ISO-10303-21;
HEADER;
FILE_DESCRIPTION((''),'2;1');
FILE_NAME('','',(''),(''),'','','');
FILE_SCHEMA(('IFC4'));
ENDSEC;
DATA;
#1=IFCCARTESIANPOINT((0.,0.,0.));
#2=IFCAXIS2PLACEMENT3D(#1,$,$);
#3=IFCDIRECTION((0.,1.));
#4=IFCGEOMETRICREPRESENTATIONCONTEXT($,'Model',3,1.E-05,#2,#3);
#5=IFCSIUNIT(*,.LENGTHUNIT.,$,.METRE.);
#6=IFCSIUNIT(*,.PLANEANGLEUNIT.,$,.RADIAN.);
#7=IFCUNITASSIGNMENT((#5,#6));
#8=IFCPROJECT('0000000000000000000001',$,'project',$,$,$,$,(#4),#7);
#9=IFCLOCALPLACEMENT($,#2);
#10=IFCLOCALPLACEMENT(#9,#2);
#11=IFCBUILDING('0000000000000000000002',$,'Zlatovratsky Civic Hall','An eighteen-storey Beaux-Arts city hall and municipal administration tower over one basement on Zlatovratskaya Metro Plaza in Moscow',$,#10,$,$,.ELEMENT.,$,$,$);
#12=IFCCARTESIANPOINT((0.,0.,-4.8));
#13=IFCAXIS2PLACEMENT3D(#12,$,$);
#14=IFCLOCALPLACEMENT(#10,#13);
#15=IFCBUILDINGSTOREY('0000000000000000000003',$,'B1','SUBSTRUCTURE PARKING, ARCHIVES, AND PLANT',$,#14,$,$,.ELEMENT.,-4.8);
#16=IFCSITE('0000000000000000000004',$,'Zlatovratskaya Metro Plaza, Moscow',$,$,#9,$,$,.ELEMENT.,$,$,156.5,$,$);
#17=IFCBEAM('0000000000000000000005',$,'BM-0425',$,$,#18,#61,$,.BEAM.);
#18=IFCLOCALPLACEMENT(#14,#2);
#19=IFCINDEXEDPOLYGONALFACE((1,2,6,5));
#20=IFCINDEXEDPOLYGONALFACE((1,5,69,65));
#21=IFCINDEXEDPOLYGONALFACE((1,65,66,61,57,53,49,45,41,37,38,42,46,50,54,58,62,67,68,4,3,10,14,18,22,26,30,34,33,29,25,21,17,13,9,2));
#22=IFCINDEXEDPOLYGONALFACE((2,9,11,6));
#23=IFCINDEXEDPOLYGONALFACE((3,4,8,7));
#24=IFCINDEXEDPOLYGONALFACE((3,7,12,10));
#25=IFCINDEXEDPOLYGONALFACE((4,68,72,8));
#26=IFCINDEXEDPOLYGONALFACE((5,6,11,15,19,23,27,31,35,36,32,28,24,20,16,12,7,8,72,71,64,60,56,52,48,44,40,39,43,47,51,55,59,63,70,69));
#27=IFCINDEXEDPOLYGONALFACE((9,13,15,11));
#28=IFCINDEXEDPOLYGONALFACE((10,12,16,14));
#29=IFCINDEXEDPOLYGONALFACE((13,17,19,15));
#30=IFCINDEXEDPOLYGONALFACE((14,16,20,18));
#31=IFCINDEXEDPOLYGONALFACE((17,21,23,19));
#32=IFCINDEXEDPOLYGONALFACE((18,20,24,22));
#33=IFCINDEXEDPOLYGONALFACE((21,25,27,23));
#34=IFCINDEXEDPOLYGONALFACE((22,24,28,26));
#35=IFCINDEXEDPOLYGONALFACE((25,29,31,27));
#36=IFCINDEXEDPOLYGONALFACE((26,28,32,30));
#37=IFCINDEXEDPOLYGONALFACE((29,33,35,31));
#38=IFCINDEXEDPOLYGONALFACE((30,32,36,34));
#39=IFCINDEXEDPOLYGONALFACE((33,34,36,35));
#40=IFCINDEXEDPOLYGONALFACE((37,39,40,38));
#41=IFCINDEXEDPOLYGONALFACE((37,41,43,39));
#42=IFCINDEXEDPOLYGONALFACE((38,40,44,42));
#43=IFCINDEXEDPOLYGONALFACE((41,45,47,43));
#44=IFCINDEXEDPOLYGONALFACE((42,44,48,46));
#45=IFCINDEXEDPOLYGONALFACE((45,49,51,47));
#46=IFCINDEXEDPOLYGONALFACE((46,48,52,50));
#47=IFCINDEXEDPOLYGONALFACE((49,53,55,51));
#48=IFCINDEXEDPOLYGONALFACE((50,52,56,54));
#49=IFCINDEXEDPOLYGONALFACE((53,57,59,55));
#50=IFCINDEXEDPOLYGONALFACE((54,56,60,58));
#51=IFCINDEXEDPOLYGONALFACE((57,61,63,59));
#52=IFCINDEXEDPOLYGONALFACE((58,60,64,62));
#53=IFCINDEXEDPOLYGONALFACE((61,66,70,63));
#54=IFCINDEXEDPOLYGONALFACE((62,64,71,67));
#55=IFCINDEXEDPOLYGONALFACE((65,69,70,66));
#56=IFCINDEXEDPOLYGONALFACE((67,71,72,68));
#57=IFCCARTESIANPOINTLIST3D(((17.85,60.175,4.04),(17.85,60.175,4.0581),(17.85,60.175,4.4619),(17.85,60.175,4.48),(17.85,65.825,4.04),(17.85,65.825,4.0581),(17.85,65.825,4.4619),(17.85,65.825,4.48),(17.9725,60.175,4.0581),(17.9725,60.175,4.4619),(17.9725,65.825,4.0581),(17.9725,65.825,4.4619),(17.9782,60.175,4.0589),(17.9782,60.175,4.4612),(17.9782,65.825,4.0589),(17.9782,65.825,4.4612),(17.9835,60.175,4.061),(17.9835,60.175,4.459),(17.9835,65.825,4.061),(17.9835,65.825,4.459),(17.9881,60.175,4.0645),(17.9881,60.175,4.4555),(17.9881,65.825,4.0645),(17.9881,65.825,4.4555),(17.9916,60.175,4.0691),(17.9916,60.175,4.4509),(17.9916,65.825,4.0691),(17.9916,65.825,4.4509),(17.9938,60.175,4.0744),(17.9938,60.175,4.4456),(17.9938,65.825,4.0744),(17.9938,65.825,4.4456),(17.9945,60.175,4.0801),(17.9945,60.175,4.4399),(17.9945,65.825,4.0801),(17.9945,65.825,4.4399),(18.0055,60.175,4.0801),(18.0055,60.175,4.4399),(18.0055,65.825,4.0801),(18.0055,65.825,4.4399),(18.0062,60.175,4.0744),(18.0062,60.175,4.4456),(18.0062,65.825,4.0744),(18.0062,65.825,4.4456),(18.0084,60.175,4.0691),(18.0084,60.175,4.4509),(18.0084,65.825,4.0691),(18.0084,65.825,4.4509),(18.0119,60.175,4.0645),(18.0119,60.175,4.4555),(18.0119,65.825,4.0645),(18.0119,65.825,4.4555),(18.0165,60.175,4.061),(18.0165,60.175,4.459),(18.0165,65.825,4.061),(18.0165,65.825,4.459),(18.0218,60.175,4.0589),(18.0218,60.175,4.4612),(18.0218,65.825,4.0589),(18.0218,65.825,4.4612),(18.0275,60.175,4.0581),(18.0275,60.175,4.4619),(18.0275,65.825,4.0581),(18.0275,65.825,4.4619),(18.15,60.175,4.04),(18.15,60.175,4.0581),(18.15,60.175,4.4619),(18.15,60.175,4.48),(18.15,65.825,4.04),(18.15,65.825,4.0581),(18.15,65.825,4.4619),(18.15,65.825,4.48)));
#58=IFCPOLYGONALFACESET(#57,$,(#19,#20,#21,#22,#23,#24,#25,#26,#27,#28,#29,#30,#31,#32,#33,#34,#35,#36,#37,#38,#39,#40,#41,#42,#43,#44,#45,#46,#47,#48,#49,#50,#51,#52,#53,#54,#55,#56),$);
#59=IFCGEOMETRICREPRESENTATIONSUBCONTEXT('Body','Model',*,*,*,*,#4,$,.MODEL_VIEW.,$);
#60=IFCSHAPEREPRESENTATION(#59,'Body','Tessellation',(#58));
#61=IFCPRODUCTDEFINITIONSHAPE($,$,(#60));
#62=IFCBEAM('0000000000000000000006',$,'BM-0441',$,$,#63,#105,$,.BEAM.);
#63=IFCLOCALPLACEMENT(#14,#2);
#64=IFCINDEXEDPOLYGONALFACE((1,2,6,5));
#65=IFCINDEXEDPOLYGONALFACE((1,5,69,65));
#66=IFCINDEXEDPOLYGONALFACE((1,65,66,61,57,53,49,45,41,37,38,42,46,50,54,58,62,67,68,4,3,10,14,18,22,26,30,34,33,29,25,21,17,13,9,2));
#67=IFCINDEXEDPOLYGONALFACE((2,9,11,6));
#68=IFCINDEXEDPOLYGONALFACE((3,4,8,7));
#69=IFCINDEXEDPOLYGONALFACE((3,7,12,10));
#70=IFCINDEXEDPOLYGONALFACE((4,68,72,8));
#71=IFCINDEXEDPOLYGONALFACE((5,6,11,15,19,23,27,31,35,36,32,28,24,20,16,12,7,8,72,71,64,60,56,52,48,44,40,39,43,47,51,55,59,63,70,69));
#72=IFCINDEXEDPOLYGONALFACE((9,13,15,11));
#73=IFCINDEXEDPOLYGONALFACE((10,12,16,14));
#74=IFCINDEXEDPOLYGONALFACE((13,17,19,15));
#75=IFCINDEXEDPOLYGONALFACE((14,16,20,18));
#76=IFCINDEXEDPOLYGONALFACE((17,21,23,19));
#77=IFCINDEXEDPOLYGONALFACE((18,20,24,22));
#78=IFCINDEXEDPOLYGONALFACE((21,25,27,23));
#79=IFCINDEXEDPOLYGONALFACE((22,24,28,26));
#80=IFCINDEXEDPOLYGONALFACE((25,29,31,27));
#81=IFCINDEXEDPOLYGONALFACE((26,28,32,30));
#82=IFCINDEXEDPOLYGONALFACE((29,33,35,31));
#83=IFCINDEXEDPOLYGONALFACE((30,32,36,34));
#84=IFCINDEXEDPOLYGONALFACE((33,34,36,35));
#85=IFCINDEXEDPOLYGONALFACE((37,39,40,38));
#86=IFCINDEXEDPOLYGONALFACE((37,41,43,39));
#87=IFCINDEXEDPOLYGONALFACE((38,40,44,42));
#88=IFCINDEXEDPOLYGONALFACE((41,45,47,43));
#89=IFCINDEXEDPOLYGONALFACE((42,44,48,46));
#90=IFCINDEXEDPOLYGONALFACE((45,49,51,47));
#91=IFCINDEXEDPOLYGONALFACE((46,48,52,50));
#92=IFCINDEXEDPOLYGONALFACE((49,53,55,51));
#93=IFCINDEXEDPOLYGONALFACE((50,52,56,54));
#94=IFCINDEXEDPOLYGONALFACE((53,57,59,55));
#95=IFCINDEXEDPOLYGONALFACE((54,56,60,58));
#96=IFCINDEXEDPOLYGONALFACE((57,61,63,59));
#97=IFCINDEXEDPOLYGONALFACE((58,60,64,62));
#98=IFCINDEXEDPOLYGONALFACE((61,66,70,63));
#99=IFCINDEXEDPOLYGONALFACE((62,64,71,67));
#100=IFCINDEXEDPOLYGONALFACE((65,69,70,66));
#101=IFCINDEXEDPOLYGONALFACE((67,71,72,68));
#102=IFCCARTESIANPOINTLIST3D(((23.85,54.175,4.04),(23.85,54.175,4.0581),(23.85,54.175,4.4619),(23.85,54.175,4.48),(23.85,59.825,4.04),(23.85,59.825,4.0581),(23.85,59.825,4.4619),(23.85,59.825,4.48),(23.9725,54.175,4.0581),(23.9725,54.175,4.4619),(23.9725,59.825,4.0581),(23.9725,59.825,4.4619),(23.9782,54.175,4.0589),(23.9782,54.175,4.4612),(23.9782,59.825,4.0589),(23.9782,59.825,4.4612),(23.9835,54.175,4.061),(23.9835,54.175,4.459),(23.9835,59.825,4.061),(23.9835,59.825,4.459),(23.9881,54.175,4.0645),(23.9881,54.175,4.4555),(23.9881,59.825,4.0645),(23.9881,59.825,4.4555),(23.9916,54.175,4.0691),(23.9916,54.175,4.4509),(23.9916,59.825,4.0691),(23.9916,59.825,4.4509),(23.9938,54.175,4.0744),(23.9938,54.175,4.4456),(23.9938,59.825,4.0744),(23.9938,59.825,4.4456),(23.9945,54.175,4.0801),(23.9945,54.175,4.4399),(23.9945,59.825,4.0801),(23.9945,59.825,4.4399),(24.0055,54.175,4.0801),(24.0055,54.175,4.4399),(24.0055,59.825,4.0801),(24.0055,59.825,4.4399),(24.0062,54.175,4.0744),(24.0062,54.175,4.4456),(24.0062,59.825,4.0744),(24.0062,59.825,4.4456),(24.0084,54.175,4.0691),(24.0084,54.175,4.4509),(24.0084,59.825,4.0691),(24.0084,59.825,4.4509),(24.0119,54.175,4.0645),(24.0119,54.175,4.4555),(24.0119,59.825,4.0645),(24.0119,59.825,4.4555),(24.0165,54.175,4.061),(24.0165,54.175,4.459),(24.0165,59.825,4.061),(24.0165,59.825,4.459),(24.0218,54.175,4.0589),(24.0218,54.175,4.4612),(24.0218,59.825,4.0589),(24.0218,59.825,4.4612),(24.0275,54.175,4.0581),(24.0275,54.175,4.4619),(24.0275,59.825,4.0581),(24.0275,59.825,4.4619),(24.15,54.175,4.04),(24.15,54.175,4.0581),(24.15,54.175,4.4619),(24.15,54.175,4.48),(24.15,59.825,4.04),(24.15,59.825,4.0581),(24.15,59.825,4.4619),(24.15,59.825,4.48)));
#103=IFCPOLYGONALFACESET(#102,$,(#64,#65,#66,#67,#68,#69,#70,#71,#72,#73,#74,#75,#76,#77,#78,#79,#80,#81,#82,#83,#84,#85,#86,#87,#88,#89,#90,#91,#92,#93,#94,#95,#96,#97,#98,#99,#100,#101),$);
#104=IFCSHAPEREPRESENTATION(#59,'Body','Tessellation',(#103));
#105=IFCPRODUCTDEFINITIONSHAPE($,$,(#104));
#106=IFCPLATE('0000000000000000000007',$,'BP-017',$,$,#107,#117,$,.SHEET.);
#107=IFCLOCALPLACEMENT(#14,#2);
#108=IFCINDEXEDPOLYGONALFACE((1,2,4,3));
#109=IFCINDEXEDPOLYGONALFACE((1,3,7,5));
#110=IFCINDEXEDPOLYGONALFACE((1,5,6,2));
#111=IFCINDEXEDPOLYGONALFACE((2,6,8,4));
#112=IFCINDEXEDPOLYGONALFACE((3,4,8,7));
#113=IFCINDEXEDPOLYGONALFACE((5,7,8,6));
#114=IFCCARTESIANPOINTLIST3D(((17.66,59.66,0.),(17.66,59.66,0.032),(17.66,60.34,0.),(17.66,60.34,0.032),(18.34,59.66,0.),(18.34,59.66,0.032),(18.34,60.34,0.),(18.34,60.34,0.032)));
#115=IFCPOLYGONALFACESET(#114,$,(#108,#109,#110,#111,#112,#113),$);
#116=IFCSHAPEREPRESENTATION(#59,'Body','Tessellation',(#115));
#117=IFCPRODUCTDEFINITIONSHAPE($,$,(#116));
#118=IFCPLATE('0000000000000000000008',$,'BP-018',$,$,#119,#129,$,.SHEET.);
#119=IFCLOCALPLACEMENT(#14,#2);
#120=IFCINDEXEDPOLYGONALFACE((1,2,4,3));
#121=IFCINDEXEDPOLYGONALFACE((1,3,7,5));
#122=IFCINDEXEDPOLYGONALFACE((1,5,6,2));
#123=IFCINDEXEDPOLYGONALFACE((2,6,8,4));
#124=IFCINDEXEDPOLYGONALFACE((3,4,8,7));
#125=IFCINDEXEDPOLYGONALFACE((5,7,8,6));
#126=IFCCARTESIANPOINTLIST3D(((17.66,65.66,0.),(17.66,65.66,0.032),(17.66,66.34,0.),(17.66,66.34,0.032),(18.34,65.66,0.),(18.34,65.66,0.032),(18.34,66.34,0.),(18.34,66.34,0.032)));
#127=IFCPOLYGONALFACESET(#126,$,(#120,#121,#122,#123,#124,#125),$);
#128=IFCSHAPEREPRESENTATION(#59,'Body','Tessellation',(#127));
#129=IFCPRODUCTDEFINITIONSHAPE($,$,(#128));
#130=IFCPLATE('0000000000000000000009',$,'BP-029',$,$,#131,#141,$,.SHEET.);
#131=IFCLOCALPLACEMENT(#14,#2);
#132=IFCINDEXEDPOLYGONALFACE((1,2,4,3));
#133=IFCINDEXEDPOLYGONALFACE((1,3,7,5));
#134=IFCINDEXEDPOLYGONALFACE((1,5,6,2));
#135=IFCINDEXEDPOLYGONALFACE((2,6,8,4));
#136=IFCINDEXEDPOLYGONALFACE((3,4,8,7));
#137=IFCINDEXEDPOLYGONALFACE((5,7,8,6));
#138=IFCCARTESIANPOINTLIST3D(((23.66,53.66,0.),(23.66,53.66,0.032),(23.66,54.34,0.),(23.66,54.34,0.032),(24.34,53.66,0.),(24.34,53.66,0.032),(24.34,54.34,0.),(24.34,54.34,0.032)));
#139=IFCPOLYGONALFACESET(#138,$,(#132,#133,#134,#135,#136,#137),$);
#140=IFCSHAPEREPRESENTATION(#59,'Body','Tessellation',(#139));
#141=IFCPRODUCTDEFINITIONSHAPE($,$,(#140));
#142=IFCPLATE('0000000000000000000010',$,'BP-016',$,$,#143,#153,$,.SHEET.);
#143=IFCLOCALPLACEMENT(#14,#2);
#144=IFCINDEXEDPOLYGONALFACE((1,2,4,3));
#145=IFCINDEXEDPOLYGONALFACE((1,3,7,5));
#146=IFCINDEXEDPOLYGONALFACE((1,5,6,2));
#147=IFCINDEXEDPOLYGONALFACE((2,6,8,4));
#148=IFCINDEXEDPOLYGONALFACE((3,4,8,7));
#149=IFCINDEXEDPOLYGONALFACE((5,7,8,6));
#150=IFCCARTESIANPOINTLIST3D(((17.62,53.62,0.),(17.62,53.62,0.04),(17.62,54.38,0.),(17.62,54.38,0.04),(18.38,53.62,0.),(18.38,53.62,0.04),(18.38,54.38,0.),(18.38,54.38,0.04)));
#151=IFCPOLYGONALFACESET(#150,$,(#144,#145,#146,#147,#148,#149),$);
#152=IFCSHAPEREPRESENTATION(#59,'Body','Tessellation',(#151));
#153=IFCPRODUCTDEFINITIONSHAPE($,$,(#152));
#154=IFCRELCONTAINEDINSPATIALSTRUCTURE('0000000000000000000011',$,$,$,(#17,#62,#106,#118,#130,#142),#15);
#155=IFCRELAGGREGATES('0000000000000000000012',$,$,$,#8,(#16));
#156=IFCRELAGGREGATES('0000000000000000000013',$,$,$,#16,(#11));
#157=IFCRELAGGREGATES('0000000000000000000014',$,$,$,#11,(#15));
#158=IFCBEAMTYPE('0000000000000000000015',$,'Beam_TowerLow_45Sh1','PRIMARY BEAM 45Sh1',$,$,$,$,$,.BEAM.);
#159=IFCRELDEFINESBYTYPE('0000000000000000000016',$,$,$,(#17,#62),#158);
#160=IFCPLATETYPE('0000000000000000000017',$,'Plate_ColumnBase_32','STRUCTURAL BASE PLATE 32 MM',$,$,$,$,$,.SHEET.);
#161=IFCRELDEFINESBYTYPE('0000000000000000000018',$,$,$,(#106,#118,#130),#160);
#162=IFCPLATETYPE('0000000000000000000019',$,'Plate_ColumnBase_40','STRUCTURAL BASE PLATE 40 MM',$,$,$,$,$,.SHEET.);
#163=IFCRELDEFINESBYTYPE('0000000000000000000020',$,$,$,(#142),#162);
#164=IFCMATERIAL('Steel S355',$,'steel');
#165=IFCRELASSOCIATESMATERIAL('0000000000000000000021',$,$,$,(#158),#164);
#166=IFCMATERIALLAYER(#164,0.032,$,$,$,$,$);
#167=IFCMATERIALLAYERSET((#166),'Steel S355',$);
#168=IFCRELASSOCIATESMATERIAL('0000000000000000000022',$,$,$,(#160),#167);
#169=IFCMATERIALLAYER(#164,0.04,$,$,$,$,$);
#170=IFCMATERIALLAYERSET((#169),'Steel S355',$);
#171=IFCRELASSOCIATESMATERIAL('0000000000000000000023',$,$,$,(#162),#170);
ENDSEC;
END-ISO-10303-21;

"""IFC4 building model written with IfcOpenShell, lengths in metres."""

from ifc_helpers import new_model, si_unit, direction, frame, origin, origin_2d, place, context, subcontext, project, spatial, rectangle, i_section, extrude, material, layer, layer_set, material_profile, profile_set, type_object, element, save


model = new_model("IFC4")

# Units and contexts
model_context = context("Model", 3, precision=1e-05, world=origin(), true_north=direction((0.0, 1.0)))
body_context = subcontext(model_context, "Body", "Model", "MODEL_VIEW")
ifc_project = project(units=[si_unit("LENGTHUNIT", "METRE"), si_unit("PLANEANGLEUNIT", "RADIAN")], contexts=[model_context])

# Site, building, storey
site_placement = place(None, origin())
site = spatial("IfcSite", under=ifc_project, at=site_placement, Name="Zlatovratskaya Metro Plaza, Moscow", CompositionType="ELEMENT", RefElevation=156.5)
building_placement = place(site_placement, origin())
building = spatial("IfcBuilding", under=site, at=building_placement, Name="Zlatovratsky Civic Hall", Description="An eighteen-storey Beaux-Arts city hall and municipal administration tower over one basement on Zlatovratskaya Metro Plaza in Moscow", CompositionType="ELEMENT")
storey_placement = place(building_placement, frame((0.0, 0.0, -4.8)))
storey = spatial("IfcBuildingStorey", under=building, at=storey_placement, Name="B1", Description="SUBSTRUCTURE PARKING, ARCHIVES, AND PLANT", CompositionType="ELEMENT", Elevation=-4.8)

# Shared definitions
ifc_material_1 = material(Name="Steel S355", Category="steel")

# Beams
ifc_material_profile_1 = material_profile(ifc_material_1, i_section(OverallWidth=0.3, OverallDepth=0.4399, WebThickness=0.011, FlangeThickness=0.0181, FilletRadius=0.022, at=origin_2d()), Name="45Sh1")
ifc_profile_set_1 = profile_set([ifc_material_profile_1], Name="Steel S355")
beam_type = type_object("IfcBeamType", Name="Beam_TowerLow_45Sh1", Description="PRIMARY BEAM 45Sh1", PredefinedType="BEAM", material=ifc_profile_set_1)
for number, where, z_axis, x_axis, name in (
    (1, (18.0, 60.175, 4.26), (0.0, 1.0, 0.0), (-1.0, 0.0, 0.0), "BM-0425"),
    (2, (24.0, 54.175, 4.26), (0.0, 1.0, 0.0), (-1.0, 0.0, 0.0), "BM-0441"),
):
    element("IfcBeam", number, at=place(storey_placement, frame(where, z_axis=z_axis, x_axis=x_axis)), inside=storey, type_object=beam_type, Name=name, PredefinedType="BEAM", context=body_context, shape_type="SweptSolid", body=[
        extrude(i_section(OverallWidth=0.3, OverallDepth=0.4399, WebThickness=0.011, FlangeThickness=0.0181, FilletRadius=0.022, at=origin_2d()), origin(), (0.0, 0.0, 1.0), 5.6499),
    ])

# Plates
ifc_layer_1 = layer(ifc_material_1, 0.032)
ifc_layer_set_1 = layer_set([ifc_layer_1], Name="Steel S355")
plate_type_1 = type_object("IfcPlateType", Name="Plate_ColumnBase_32", Description="STRUCTURAL BASE PLATE 32 MM", PredefinedType="SHEET", material=ifc_layer_set_1)
for number, where, z_axis, x_axis, name in (
    (3, (18.0, 60.0, 0.0), (0.0, 0.0, 1.0), (1.0, 0.0, 0.0), "BP-017"),
    (4, (18.0, 66.0, 0.0), (0.0, 0.0, 1.0), (1.0, 0.0, 0.0), "BP-018"),
    (5, (24.0, 54.0, 0.0), (0.0, 0.0, 1.0), (1.0, 0.0, 0.0), "BP-029"),
):
    element("IfcPlate", number, at=place(storey_placement, frame(where, z_axis=z_axis, x_axis=x_axis)), inside=storey, type_object=plate_type_1, Name=name, PredefinedType="SHEET", context=body_context, shape_type="SweptSolid", body=[
        extrude(rectangle(XDim=0.6799, YDim=0.6799, at=origin_2d()), origin(), (0.0, 0.0, 1.0), 0.032),
    ])
ifc_layer_2 = layer(ifc_material_1, 0.04)
ifc_layer_set_2 = layer_set([ifc_layer_2], Name="Steel S355")
plate_type_2 = type_object("IfcPlateType", Name="Plate_ColumnBase_40", Description="STRUCTURAL BASE PLATE 40 MM", PredefinedType="SHEET", material=ifc_layer_set_2)
plate_placement = place(storey_placement, frame((18.0, 54.0, 0.0), z_axis=(0.0, 0.0, 1.0), x_axis=(1.0, 0.0, 0.0)))
element("IfcPlate", 6, at=plate_placement, inside=storey, type_object=plate_type_2, Name="BP-016", PredefinedType="SHEET", context=body_context, shape_type="SweptSolid", body=[
    extrude(rectangle(XDim=0.76, YDim=0.76, at=origin_2d()), origin(), (0.0, 0.0, 1.0), 0.04),
])

save(model, "model.ifc")
